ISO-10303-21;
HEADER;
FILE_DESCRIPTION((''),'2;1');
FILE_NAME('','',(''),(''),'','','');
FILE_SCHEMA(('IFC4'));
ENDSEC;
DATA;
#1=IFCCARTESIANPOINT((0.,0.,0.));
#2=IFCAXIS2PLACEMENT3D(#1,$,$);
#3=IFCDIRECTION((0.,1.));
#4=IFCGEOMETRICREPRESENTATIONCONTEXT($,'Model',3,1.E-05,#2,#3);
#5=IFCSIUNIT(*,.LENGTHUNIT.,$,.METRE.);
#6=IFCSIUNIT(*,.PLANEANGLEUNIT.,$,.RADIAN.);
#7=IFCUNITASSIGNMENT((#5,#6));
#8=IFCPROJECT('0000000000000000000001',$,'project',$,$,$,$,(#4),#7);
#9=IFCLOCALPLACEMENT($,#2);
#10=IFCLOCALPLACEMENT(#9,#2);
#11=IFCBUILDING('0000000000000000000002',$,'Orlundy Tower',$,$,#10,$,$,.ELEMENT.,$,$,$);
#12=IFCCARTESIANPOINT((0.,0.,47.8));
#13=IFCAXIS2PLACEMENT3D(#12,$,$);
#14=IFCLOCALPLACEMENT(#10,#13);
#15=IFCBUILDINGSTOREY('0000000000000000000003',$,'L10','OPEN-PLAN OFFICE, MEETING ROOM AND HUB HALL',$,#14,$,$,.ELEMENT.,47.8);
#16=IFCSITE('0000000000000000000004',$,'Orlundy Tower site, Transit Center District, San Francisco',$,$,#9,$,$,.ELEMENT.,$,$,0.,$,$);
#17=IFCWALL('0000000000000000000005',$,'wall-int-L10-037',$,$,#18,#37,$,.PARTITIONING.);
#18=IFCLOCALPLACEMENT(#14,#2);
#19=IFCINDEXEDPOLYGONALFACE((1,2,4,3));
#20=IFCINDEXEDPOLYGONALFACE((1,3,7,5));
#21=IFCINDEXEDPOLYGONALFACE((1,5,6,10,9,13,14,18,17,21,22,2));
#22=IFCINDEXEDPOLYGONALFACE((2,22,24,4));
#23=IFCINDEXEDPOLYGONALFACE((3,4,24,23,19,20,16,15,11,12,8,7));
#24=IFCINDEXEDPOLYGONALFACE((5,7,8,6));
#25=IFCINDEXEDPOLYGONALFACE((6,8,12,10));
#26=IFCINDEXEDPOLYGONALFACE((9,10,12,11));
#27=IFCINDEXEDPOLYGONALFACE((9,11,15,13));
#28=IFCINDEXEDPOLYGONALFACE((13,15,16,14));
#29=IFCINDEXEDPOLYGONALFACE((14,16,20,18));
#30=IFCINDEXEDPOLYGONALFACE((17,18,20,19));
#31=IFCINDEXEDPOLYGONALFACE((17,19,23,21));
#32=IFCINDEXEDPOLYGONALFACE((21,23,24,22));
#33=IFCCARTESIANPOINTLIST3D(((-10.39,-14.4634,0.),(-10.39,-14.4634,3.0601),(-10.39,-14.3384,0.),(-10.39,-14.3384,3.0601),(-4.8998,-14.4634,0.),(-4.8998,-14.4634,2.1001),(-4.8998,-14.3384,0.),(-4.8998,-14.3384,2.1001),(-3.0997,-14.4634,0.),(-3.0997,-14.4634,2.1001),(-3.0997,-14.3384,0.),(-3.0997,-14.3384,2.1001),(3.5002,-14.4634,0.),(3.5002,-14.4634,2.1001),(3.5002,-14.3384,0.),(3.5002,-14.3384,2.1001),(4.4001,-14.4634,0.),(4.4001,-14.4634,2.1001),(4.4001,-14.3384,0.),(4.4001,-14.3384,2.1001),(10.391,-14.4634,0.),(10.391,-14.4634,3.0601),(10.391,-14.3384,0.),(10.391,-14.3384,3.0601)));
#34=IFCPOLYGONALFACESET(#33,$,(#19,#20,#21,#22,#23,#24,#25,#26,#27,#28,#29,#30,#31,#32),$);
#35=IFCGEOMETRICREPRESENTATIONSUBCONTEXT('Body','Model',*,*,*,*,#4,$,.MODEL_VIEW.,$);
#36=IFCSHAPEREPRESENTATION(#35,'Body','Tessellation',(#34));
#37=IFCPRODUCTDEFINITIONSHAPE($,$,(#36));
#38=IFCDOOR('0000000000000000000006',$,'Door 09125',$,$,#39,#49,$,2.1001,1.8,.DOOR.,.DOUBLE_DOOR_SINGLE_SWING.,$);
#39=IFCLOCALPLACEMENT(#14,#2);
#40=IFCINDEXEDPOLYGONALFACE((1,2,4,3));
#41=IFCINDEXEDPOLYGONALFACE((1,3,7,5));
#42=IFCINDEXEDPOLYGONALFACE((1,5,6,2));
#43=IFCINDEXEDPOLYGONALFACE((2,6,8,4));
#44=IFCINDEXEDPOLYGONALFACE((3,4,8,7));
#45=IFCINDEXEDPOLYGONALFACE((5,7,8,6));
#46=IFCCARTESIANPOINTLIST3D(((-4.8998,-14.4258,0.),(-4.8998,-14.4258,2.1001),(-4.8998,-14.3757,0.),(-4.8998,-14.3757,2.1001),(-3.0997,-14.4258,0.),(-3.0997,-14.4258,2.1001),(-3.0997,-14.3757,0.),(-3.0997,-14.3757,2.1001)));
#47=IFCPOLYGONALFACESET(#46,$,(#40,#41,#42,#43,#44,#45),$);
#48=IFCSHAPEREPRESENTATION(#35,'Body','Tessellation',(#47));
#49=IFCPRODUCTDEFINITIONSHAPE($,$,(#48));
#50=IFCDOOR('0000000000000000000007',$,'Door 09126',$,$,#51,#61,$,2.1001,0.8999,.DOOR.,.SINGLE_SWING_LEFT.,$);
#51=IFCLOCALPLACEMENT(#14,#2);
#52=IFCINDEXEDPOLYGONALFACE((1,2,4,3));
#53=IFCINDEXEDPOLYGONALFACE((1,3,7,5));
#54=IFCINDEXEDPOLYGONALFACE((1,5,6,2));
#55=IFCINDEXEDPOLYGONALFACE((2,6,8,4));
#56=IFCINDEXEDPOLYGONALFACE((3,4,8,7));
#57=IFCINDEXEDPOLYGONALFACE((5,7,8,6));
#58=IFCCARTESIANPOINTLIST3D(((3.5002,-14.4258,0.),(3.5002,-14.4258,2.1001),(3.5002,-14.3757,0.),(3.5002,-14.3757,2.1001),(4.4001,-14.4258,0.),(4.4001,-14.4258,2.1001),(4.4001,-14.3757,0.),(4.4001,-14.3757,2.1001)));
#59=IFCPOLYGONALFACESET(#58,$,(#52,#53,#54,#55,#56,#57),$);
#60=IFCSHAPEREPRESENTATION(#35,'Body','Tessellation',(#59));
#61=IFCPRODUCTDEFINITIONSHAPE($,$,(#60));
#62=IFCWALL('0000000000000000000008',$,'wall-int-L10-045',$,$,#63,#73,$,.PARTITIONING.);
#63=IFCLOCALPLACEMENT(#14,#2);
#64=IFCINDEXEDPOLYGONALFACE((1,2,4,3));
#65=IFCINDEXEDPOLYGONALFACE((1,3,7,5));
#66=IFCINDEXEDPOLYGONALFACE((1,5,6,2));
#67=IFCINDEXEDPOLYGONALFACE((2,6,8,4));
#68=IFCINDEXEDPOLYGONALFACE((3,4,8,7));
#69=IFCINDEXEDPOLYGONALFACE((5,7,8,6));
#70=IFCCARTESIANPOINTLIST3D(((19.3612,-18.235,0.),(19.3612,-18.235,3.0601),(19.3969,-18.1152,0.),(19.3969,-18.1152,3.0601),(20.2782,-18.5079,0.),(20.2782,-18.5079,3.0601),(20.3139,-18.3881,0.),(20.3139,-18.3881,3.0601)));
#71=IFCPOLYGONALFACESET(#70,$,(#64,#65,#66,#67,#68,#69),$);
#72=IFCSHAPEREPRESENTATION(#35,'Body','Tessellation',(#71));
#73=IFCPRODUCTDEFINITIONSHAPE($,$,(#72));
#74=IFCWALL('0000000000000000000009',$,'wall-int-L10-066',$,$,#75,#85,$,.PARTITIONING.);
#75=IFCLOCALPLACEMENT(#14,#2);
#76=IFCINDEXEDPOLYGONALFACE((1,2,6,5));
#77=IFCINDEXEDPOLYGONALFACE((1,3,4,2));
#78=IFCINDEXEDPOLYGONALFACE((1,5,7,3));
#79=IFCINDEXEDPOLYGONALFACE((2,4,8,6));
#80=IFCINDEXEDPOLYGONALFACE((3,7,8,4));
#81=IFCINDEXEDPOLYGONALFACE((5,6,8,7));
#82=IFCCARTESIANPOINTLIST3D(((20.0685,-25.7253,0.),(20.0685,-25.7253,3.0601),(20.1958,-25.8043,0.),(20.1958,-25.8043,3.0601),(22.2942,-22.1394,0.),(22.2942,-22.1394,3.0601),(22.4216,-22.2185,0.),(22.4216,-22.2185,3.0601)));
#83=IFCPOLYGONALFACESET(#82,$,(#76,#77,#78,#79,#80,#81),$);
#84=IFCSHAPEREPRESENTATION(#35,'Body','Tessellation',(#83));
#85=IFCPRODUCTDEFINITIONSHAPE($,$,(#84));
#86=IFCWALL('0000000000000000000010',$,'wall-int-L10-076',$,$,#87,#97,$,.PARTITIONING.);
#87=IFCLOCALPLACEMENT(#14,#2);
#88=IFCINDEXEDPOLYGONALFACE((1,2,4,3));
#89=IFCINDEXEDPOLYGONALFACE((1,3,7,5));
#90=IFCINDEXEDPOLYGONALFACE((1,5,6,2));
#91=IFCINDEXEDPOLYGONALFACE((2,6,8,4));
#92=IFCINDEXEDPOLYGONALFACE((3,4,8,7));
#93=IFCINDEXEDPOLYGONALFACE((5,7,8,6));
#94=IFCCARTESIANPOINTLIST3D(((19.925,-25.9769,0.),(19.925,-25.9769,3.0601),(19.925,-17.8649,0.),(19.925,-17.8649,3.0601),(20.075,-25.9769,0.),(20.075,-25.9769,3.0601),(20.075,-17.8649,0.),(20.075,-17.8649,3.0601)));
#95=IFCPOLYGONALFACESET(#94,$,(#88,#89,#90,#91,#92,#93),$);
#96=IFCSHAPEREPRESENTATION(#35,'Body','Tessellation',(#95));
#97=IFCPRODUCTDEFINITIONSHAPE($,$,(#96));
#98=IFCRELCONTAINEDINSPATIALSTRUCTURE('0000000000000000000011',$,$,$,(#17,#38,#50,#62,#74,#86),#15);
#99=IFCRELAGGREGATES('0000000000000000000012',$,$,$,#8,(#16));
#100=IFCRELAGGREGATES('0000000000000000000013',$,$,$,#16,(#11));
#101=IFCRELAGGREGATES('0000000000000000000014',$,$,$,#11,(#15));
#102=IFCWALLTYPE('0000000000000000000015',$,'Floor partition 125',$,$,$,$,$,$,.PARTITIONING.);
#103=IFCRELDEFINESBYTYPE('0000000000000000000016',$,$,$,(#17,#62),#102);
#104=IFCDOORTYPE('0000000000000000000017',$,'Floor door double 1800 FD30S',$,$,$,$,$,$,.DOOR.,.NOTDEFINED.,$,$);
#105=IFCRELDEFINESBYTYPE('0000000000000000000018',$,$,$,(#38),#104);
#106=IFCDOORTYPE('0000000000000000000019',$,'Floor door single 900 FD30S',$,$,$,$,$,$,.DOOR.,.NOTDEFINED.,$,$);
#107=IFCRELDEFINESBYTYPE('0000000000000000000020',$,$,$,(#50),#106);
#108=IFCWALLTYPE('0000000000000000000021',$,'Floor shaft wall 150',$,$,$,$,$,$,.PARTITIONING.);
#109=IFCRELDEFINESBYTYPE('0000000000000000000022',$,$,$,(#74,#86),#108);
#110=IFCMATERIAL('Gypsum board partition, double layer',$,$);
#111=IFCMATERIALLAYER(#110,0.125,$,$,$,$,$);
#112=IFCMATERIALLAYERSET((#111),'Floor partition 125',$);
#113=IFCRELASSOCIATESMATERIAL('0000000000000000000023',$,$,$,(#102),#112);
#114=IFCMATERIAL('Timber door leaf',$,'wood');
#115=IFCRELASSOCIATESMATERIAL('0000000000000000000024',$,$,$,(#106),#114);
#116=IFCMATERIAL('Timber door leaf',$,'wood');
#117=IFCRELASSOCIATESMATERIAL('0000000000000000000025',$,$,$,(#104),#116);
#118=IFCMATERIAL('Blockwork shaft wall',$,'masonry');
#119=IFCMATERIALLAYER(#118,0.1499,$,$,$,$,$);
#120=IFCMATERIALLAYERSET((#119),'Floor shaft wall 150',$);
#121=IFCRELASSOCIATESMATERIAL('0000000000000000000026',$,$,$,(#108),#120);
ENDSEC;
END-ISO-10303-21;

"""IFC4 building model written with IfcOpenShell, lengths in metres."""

from ifc_helpers import new_model, si_unit, direction, frame, frame_2d, origin, place, context, subcontext, project, spatial, rectangle, extrude, material, layer, layer_set, type_object, element, fill, save


model = new_model("IFC4")

# Units and contexts
model_context = context("Model", 3, precision=1e-05, world=origin(), true_north=direction((0.0, 1.0)))
body_context = subcontext(model_context, "Body", "Model", "MODEL_VIEW")
ifc_project = project(units=[si_unit("LENGTHUNIT", "METRE"), si_unit("PLANEANGLEUNIT", "RADIAN")], contexts=[model_context])

# Site, building, storey
site_placement = place(None, origin())
site = spatial("IfcSite", under=ifc_project, at=site_placement, Name="Orlundy Tower site, Transit Center District, San Francisco", CompositionType="ELEMENT", RefElevation=0.0)
building_placement = place(site_placement, origin())
building = spatial("IfcBuilding", under=site, at=building_placement, Name="Orlundy Tower", CompositionType="ELEMENT")
storey_placement = place(building_placement, frame((0.0, 0.0, 47.8)))
storey = spatial("IfcBuildingStorey", under=building, at=storey_placement, Name="L10", Description="OPEN-PLAN OFFICE, MEETING ROOM AND HUB HALL", CompositionType="ELEMENT", Elevation=47.8)

# Shared definitions
ifc_material_1 = material(Name="Gypsum board partition, double layer")
ifc_layer_1 = layer(ifc_material_1, 0.125)
ifc_layer_set_1 = layer_set([ifc_layer_1], Name="Floor partition 125")
wall_type_1 = type_object("IfcWallType", Name="Floor partition 125", PredefinedType="PARTITIONING", material=ifc_layer_set_1)

# Shared definitions
ifc_material_2 = material(Name="Timber door leaf", Category="wood")
door_type_1 = type_object("IfcDoorType", Name="Floor door single 900 FD30S", OperationType="NOTDEFINED", PredefinedType="DOOR", material=ifc_material_2)

# Wall, openings, doors
wall_1_placement = place(storey_placement, frame((10.3911, -14.4009, 0.0), z_axis=(0.0, 0.0, 1.0), x_axis=(-1.0, 0.0, 0.0)))
wall_1 = element("IfcWall", 1, at=wall_1_placement, inside=storey, type_object=wall_type_1, Name="wall-int-L10-037", PredefinedType="PARTITIONING", context=body_context, shape_type="SweptSolid", body=[
    extrude(rectangle(XDim=20.781, YDim=0.125, at=frame_2d((10.3906, 0.0))), origin(), (0.0, 0.0, 1.0), 3.0601),
])
opening_1_placement = place(wall_1_placement, frame((13.491, 0.0, 0.0)))
opening_1 = element("IfcOpeningElement", 2, at=opening_1_placement, cuts=wall_1, PredefinedType="OPENING", context=body_context, shape_type="SweptSolid", body=[
    extrude(rectangle(XDim=1.8, YDim=2.1001, at=frame_2d((0.8999, 1.05))), frame((0.0, 0.0725, 0.0), z_axis=(0.0, -1.0, 0.0), x_axis=(1.0, 0.0, 0.0)), (0.0, 0.0, 1.0), 0.145),
])
opening_2_placement = place(wall_1_placement, frame((5.991, 0.0, 0.0)))
opening_2 = element("IfcOpeningElement", 3, at=opening_2_placement, cuts=wall_1, PredefinedType="OPENING", context=body_context, shape_type="SweptSolid", body=[
    extrude(rectangle(XDim=0.8999, YDim=2.1001, at=frame_2d((0.45, 1.05))), frame((0.0, 0.0725, 0.0), z_axis=(0.0, -1.0, 0.0), x_axis=(1.0, 0.0, 0.0)), (0.0, 0.0, 1.0), 0.145),
])
ifc_material_3 = material(Name="Timber door leaf", Category="wood")
door_type_2 = type_object("IfcDoorType", Name="Floor door double 1800 FD30S", OperationType="NOTDEFINED", PredefinedType="DOOR", material=ifc_material_3)
door_1_placement = place(opening_1_placement, origin())
door_1 = element("IfcDoor", 4, at=door_1_placement, inside=storey, type_object=door_type_2, Name="Door 09125", OperationType="DOUBLE_DOOR_SINGLE_SWING", OverallHeight=2.1001, OverallWidth=1.8, PredefinedType="DOOR", context=body_context, shape_type="SweptSolid", body=[
    extrude(rectangle(XDim=1.8, YDim=2.1001, at=frame_2d((0.8999, 1.05))), frame((0.0, 0.0249, 0.0), z_axis=(0.0, -1.0, 0.0), x_axis=(1.0, 0.0, 0.0)), (0.0, 0.0, 1.0), 0.05),
])
fill(opening_1, door_1)
door_2_placement = place(opening_2_placement, origin())
door_2 = element("IfcDoor", 5, at=door_2_placement, inside=storey, type_object=door_type_1, Name="Door 09126", OperationType="SINGLE_SWING_LEFT", OverallHeight=2.1001, OverallWidth=0.8999, PredefinedType="DOOR", context=body_context, shape_type="SweptSolid", body=[
    extrude(rectangle(XDim=0.8999, YDim=2.1001, at=frame_2d((0.45, 1.05))), frame((0.0, 0.0249, 0.0), z_axis=(0.0, -1.0, 0.0), x_axis=(1.0, 0.0, 0.0)), (0.0, 0.0, 1.0), 0.05),
])
fill(opening_2, door_2)

# Walls
wall_2_placement = place(storey_placement, frame((19.3789, -18.175, 0.0), z_axis=(0.0, 0.0, 1.0), x_axis=(0.958442, -0.285287, 0.0)))
element("IfcWall", 6, at=wall_2_placement, inside=storey, type_object=wall_type_1, Name="wall-int-L10-045", PredefinedType="PARTITIONING", context=body_context, shape_type="SweptSolid", body=[
    extrude(rectangle(XDim=0.9568, YDim=0.125, at=frame_2d((0.4785, 0.0))), origin(), (0.0, 0.0, 1.0), 3.0601),
])
ifc_material_4 = material(Name="Blockwork shaft wall", Category="masonry")
ifc_layer_2 = layer(ifc_material_4, 0.1499)
ifc_layer_set_2 = layer_set([ifc_layer_2], Name="Floor shaft wall 150")
wall_type_2 = type_object("IfcWallType", Name="Floor shaft wall 150", PredefinedType="PARTITIONING", material=ifc_layer_set_2)
wall_3_placement = place(storey_placement, frame((20.1321, -25.7649, 0.0), z_axis=(0.0, 0.0, 1.0), x_axis=(0.527376, 0.849632, 0.0)))
element("IfcWall", 7, at=wall_3_placement, inside=storey, type_object=wall_type_2, Name="wall-int-L10-066", PredefinedType="PARTITIONING", context=body_context, shape_type="SweptSolid", body=[
    extrude(rectangle(XDim=4.2205, YDim=0.1499, at=frame_2d((2.1104, 0.0))), origin(), (0.0, 0.0, 1.0), 3.0601),
])
wall_4_placement = place(storey_placement, frame((20.0, -25.9771, 0.0), z_axis=(0.0, 0.0, 1.0), x_axis=(0.0, 1.0, 0.0)))
element("IfcWall", 8, at=wall_4_placement, inside=storey, type_object=wall_type_2, Name="wall-int-L10-076", PredefinedType="PARTITIONING", context=body_context, shape_type="SweptSolid", body=[
    extrude(rectangle(XDim=8.1121, YDim=0.1499, at=frame_2d((4.0562, 0.0))), origin(), (0.0, 0.0, 1.0), 3.0601),
])

save(model, "model.ifc")
